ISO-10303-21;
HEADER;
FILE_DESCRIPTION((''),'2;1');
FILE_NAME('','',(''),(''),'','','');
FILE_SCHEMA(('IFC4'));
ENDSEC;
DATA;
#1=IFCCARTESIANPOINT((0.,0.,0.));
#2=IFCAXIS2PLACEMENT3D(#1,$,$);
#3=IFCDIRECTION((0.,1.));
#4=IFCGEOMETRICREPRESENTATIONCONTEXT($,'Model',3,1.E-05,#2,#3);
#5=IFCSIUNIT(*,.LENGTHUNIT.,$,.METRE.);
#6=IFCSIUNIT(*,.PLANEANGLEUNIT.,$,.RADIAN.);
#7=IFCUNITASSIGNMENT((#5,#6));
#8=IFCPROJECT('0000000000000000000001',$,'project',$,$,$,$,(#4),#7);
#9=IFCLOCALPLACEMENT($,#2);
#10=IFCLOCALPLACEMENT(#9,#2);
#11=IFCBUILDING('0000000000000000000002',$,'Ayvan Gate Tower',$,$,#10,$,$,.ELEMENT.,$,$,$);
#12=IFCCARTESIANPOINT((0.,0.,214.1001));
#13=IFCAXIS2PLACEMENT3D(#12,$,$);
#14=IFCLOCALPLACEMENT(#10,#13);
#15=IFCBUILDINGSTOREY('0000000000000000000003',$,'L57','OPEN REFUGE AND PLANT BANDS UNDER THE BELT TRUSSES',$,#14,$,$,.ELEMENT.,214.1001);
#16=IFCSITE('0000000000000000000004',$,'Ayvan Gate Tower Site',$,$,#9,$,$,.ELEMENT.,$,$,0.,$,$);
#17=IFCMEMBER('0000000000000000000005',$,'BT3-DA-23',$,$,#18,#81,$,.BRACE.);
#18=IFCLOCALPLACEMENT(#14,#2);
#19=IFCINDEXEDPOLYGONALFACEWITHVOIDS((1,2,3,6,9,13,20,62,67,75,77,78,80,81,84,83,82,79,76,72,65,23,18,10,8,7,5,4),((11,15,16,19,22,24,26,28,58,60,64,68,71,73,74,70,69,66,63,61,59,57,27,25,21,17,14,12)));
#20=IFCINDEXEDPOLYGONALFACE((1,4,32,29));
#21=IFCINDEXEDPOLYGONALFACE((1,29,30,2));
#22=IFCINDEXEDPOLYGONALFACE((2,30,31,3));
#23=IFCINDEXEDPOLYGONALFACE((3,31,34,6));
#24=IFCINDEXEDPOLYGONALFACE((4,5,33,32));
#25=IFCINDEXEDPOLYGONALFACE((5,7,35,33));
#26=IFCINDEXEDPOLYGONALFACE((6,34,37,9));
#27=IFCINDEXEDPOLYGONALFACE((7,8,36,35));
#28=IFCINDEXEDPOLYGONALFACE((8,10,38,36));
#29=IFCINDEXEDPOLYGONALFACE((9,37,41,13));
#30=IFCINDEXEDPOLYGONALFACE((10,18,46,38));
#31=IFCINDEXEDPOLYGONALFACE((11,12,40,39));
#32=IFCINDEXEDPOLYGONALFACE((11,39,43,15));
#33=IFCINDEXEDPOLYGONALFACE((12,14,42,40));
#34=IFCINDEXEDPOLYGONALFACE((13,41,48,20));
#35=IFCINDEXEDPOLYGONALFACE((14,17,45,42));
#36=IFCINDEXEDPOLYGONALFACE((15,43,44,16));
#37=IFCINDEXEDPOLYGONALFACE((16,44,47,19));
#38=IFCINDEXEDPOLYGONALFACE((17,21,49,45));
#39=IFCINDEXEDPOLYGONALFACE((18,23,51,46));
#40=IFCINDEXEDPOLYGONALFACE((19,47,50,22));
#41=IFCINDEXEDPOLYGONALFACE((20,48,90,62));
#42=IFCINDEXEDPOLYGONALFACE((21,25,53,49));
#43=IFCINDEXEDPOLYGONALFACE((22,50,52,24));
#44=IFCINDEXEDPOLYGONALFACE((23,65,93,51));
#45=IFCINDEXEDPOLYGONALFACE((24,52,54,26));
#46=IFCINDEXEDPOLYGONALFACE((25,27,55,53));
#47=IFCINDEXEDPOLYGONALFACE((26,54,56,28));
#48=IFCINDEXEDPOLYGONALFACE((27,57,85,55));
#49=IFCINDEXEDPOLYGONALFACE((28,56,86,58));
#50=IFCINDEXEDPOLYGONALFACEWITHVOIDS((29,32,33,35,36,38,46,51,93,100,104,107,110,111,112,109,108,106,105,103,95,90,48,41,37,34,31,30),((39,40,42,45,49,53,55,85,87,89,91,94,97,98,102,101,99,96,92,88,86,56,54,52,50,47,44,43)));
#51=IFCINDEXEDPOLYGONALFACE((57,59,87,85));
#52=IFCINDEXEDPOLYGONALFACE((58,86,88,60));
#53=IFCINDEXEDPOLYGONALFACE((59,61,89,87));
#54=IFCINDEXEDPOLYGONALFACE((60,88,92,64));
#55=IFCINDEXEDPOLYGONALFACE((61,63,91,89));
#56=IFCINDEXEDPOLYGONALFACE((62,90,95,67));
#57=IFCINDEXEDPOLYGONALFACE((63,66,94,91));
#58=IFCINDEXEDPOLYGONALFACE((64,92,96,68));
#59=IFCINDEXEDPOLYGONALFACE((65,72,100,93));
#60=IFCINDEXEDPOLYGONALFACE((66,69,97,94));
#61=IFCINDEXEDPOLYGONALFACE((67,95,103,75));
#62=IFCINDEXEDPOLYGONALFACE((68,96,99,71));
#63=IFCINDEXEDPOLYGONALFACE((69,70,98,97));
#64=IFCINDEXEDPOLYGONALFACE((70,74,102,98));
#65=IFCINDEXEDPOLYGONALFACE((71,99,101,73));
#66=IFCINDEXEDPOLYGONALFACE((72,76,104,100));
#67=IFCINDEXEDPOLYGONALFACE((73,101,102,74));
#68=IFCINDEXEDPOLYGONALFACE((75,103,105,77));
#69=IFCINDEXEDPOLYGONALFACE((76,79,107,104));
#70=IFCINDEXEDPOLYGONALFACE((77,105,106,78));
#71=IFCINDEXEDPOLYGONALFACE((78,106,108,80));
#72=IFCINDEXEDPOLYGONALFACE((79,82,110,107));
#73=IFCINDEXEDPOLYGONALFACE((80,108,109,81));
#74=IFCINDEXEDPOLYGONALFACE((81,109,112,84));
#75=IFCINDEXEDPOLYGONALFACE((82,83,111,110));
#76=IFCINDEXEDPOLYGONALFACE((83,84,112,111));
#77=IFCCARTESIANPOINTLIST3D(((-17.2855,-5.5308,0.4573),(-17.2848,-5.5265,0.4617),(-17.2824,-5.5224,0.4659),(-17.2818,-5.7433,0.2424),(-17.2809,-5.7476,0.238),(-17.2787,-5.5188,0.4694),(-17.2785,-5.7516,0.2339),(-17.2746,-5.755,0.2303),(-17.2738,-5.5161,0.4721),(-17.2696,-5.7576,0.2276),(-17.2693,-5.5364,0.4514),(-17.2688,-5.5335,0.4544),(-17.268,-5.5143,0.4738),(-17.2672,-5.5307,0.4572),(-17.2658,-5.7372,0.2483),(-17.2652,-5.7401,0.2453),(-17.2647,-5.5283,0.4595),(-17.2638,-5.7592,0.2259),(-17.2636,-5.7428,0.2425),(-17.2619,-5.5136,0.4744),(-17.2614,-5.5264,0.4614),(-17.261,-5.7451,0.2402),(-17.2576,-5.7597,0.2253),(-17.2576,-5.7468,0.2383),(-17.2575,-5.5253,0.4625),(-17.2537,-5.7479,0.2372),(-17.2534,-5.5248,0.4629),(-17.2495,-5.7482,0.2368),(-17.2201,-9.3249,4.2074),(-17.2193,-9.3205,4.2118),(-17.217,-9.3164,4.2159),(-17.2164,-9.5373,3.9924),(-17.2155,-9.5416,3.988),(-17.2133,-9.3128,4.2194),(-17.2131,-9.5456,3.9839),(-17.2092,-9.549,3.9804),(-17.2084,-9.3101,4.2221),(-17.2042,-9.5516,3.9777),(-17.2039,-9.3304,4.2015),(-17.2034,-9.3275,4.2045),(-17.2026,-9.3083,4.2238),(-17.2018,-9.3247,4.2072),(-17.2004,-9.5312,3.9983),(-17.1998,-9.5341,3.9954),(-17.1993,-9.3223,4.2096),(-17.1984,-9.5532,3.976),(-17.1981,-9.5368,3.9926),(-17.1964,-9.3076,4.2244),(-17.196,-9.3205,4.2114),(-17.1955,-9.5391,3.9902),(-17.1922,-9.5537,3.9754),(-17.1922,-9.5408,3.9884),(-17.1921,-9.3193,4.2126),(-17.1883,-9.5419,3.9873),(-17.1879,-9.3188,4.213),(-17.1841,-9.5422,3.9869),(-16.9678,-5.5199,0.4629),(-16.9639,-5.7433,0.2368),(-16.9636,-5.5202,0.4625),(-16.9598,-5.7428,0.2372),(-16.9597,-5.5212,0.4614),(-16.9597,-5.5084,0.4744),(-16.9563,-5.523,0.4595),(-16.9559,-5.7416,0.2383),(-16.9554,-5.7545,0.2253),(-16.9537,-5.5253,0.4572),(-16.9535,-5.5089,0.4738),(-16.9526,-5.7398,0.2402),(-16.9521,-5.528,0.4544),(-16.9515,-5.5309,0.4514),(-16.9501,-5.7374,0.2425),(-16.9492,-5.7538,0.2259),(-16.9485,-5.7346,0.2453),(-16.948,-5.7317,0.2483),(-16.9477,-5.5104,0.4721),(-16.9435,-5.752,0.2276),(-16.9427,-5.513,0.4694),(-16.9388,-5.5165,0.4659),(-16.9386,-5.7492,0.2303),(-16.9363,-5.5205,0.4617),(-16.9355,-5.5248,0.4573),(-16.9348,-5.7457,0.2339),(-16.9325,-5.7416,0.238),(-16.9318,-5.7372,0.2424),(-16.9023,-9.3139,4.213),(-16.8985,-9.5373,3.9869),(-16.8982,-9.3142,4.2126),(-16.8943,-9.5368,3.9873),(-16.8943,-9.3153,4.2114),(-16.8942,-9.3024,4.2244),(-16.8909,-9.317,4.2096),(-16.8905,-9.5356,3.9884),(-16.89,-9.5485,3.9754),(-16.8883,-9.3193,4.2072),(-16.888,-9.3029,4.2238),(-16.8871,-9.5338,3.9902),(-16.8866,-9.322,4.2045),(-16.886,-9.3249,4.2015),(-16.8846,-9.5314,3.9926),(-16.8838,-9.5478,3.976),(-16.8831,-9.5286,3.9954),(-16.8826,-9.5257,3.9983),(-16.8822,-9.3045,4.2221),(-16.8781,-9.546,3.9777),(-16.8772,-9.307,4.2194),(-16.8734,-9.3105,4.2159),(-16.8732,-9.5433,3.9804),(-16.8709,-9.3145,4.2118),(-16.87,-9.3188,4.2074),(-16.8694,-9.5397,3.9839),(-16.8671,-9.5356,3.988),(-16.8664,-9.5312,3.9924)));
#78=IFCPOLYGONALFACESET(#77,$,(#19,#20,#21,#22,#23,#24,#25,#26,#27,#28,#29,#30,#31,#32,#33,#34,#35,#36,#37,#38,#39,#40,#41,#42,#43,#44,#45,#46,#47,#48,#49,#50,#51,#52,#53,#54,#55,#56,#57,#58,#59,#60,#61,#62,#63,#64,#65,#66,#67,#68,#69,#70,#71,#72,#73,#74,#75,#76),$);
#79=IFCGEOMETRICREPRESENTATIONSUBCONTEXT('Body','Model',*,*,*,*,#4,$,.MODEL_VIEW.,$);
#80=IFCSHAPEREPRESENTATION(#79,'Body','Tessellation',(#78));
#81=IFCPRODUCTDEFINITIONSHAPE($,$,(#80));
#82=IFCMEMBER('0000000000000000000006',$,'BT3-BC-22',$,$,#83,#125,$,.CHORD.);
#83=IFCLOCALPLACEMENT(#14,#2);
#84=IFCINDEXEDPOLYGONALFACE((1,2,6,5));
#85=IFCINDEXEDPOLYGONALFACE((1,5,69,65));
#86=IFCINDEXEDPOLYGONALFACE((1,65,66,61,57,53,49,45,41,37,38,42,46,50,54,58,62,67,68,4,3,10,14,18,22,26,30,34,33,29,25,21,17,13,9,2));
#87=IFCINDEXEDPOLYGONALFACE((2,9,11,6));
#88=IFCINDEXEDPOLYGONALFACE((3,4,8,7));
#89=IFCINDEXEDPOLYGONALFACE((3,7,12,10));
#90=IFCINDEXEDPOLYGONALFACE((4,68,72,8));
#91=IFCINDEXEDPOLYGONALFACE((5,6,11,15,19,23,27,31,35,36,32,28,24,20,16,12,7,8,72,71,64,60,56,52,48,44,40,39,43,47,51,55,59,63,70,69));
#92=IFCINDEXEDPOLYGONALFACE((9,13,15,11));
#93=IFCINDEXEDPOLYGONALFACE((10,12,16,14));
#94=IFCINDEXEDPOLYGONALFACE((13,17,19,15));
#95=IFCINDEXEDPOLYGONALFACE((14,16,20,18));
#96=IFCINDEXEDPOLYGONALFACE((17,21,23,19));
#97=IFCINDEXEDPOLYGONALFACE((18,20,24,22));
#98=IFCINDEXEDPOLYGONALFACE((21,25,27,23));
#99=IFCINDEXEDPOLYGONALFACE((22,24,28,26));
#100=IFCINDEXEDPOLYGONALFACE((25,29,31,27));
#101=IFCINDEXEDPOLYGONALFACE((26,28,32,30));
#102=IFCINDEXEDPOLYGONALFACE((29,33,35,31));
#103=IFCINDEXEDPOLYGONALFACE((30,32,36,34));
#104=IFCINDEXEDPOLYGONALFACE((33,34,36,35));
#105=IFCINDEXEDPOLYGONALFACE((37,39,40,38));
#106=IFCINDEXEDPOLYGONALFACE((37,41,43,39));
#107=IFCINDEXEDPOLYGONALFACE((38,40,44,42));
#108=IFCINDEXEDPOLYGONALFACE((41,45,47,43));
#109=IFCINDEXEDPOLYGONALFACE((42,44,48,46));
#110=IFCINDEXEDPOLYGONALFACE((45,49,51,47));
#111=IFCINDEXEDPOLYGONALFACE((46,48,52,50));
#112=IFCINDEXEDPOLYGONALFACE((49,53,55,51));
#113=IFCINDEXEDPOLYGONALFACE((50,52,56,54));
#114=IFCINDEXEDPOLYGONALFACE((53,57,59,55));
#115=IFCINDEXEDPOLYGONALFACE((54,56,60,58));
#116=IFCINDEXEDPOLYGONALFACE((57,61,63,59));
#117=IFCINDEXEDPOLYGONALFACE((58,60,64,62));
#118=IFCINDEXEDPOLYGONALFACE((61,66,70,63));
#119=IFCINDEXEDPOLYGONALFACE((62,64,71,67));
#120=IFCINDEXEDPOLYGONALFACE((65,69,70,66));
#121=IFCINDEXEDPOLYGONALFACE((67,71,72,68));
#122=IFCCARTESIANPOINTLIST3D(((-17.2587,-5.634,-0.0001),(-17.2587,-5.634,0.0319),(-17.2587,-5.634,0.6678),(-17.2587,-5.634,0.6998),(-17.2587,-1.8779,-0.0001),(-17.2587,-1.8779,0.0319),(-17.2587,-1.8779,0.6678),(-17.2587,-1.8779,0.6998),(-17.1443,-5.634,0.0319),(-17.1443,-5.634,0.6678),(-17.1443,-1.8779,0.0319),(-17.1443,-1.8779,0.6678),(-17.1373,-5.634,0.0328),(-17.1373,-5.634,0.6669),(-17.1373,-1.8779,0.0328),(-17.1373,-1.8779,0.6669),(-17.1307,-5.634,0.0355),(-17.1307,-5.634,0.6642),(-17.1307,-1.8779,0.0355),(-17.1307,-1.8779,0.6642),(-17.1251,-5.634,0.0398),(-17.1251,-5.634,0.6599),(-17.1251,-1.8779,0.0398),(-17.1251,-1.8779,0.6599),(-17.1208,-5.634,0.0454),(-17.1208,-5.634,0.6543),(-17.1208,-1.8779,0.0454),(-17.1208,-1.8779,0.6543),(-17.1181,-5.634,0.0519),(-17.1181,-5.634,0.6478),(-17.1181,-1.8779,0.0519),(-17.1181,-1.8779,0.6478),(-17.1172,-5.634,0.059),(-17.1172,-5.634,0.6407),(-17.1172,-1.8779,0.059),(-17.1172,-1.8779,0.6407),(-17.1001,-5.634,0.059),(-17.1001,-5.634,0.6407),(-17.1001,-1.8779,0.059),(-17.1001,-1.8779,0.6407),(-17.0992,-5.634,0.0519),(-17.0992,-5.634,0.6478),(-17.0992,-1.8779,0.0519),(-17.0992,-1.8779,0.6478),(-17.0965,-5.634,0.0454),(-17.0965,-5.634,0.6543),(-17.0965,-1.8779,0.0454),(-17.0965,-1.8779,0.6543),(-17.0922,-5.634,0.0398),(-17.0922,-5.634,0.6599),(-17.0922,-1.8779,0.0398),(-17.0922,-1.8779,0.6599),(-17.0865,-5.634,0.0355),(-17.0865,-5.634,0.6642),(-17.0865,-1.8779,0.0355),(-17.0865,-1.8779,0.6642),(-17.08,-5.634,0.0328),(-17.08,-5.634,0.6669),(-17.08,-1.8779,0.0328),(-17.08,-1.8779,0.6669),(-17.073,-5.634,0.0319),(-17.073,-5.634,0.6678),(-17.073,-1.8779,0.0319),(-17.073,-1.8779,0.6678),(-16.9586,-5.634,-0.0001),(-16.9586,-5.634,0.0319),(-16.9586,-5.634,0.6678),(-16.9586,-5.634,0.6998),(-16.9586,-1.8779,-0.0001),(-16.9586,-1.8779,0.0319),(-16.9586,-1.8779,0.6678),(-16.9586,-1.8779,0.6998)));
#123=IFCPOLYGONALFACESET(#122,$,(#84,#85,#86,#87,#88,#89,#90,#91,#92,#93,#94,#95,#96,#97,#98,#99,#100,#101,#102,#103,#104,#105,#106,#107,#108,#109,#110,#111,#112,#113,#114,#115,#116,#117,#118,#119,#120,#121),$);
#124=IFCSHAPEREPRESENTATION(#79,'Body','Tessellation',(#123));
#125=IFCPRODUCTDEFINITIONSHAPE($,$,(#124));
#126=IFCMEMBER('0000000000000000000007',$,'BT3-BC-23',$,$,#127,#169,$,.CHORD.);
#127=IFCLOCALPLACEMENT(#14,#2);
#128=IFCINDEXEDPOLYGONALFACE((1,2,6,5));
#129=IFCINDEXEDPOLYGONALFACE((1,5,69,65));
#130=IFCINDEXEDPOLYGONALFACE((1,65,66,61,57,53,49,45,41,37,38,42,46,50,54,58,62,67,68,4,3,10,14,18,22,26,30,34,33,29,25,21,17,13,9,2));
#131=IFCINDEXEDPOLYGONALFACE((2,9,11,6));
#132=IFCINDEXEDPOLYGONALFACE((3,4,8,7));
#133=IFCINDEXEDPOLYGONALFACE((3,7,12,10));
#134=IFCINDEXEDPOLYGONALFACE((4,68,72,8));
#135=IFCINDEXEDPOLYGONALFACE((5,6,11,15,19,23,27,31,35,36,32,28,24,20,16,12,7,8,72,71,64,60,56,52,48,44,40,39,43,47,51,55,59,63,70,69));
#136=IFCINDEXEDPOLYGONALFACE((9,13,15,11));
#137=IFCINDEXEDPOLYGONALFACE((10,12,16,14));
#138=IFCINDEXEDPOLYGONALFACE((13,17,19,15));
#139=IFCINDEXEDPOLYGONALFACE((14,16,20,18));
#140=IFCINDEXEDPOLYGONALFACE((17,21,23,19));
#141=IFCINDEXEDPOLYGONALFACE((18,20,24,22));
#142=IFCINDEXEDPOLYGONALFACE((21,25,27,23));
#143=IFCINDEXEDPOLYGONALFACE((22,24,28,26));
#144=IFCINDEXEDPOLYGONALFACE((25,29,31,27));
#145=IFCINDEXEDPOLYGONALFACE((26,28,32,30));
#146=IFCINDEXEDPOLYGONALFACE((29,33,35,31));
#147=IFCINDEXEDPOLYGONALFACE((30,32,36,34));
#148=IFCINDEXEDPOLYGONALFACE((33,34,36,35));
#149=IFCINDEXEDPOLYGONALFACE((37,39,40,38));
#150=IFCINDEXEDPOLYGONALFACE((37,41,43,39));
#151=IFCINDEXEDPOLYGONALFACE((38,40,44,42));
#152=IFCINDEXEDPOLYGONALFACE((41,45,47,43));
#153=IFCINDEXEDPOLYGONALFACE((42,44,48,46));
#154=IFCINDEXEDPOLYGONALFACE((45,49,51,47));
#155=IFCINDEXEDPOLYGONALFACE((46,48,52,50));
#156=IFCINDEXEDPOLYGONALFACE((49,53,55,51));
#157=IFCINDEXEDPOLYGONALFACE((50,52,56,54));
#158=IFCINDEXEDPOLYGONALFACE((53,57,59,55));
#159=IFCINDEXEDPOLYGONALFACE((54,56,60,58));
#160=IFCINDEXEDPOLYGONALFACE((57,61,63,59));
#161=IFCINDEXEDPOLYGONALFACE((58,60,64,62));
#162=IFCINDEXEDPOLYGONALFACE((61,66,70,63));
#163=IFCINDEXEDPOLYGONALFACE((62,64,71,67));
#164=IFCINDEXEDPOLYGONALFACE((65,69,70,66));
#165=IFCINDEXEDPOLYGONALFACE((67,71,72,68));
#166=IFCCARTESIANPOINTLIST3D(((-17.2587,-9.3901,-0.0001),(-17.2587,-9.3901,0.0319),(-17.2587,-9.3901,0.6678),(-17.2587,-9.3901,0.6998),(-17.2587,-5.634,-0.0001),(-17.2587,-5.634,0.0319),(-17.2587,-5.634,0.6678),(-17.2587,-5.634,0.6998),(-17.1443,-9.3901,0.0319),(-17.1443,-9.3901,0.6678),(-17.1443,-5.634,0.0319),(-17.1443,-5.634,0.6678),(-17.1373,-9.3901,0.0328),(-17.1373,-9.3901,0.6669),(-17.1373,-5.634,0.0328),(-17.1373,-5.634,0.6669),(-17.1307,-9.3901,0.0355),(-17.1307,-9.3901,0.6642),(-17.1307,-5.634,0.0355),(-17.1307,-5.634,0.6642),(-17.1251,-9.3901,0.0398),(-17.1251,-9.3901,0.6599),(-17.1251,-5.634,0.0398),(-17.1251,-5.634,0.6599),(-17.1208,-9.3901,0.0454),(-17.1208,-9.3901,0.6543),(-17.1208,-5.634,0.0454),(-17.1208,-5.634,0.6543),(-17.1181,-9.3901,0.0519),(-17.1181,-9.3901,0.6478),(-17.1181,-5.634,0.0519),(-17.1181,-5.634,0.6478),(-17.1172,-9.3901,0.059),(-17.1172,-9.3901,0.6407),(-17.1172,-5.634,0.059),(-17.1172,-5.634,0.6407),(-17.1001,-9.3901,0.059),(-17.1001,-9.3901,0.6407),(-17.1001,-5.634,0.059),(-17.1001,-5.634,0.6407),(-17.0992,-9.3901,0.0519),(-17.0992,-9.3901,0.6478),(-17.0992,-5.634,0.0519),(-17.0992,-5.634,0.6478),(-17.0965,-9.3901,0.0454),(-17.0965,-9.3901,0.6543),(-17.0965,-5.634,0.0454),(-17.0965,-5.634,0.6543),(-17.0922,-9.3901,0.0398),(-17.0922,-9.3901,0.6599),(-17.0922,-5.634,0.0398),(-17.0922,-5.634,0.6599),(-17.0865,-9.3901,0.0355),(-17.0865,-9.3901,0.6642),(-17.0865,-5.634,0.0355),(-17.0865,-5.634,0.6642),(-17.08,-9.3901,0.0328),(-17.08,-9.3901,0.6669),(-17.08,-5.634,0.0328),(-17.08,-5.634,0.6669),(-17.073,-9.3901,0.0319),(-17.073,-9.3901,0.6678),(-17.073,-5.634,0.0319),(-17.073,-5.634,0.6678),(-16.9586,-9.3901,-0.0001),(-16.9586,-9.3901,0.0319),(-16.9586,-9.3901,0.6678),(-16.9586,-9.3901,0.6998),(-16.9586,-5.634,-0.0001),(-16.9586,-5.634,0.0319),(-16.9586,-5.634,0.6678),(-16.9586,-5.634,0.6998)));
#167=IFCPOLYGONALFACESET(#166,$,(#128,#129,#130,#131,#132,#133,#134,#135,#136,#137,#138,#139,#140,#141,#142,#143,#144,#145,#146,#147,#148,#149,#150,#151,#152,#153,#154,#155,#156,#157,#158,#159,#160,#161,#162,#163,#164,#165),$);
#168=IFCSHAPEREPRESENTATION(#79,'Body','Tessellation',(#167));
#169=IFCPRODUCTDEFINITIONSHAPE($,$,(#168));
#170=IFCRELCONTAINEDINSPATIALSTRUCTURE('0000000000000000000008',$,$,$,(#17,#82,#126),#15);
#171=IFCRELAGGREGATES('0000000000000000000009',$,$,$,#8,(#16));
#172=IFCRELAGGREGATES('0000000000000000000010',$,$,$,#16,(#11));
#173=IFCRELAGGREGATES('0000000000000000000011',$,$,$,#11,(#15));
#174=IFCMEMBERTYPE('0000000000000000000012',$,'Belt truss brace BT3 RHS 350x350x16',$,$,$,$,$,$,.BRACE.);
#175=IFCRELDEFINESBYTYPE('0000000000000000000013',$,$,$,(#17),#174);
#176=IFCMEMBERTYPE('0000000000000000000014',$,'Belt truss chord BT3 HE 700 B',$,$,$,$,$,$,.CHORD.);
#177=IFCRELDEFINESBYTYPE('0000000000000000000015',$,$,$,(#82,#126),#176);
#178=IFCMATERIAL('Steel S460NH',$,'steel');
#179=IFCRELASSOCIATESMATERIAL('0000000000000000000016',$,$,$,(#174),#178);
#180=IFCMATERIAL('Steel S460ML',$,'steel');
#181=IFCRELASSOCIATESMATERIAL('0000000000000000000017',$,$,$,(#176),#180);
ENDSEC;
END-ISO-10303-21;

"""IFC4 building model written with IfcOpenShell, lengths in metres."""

from ifc_helpers import new_model, si_unit, direction, frame, origin, origin_2d, place, context, subcontext, project, spatial, hollow_rectangle, i_section, extrude, material, material_profile, profile_set, type_object, element, save


model = new_model("IFC4")

# Units and contexts
model_context = context("Model", 3, precision=1e-05, world=origin(), true_north=direction((0.0, 1.0)))
body_context = subcontext(model_context, "Body", "Model", "MODEL_VIEW")
ifc_project = project(units=[si_unit("LENGTHUNIT", "METRE"), si_unit("PLANEANGLEUNIT", "RADIAN")], contexts=[model_context])

# Site, building, storey
site_placement = place(None, origin())
site = spatial("IfcSite", under=ifc_project, at=site_placement, Name="Ayvan Gate Tower Site", CompositionType="ELEMENT", RefElevation=0.0)
building_placement = place(site_placement, origin())
building = spatial("IfcBuilding", under=site, at=building_placement, Name="Ayvan Gate Tower", CompositionType="ELEMENT")
storey_placement = place(building_placement, frame((0.0, 0.0, 214.1001)))
storey = spatial("IfcBuildingStorey", under=building, at=storey_placement, Name="L57", Description="OPEN REFUGE AND PLANT BANDS UNDER THE BELT TRUSSES", CompositionType="ELEMENT", Elevation=214.1001)

# Members
ifc_material_1 = material(Name="Steel S460NH", Category="steel")
ifc_material_profile_1 = material_profile(ifc_material_1, hollow_rectangle(XDim=0.3501, YDim=0.3501, WallThickness=0.0161, InnerFilletRadius=0.0161, OuterFilletRadius=0.0239, at=origin_2d()), Name="RHS 350x350x16")
ifc_profile_set_1 = profile_set([ifc_material_profile_1], Name="Steel S460NH")
member_type_1 = type_object("IfcMemberType", Name="Belt truss brace BT3 RHS 350x350x16", PredefinedType="BRACE", material=ifc_profile_set_1)
member_1_placement = place(storey_placement, frame((-17.1086, -5.634, 0.3499), z_axis=(0.012265, -0.71116, 0.702923), x_axis=(0.999851, 0.017243, 0.0)))
element("IfcMember", 1, at=member_1_placement, inside=storey, type_object=member_type_1, Name="BT3-DA-23", PredefinedType="BRACE", context=body_context, shape_type="SweptSolid", body=[
    extrude(hollow_rectangle(XDim=0.3501, YDim=0.3501, WallThickness=0.0161, InnerFilletRadius=0.0161, OuterFilletRadius=0.0239, at=origin_2d()), origin(), (0.0, 0.0, 1.0), 5.335),
])
ifc_material_2 = material(Name="Steel S460ML", Category="steel")
ifc_material_profile_2 = material_profile(ifc_material_2, i_section(OverallWidth=0.3, OverallDepth=0.7, WebThickness=0.0171, FlangeThickness=0.032, FilletRadius=0.0271, at=origin_2d()), Name="HE 700 B")
ifc_profile_set_2 = profile_set([ifc_material_profile_2], Name="Steel S460ML")
member_type_2 = type_object("IfcMemberType", Name="Belt truss chord BT3 HE 700 B", PredefinedType="CHORD", material=ifc_profile_set_2)
for number, where, z_axis, x_axis, name in (
    (2, (-17.1086, -1.8779, 0.3499), (0.0, -1.0, 0.0), (1.0, 0.0, 0.0), "BT3-BC-22"),
    (3, (-17.1086, -5.634, 0.3499), (0.0, -1.0, 0.0), (1.0, 0.0, 0.0), "BT3-BC-23"),
):
    element("IfcMember", number, at=place(storey_placement, frame(where, z_axis=z_axis, x_axis=x_axis)), inside=storey, type_object=member_type_2, Name=name, PredefinedType="CHORD", context=body_context, shape_type="SweptSolid", body=[
        extrude(i_section(OverallWidth=0.3, OverallDepth=0.7, WebThickness=0.0171, FlangeThickness=0.032, FilletRadius=0.0271, at=origin_2d()), origin(), (0.0, 0.0, 1.0), 3.7561),
    ])

save(model, "model.ifc")
